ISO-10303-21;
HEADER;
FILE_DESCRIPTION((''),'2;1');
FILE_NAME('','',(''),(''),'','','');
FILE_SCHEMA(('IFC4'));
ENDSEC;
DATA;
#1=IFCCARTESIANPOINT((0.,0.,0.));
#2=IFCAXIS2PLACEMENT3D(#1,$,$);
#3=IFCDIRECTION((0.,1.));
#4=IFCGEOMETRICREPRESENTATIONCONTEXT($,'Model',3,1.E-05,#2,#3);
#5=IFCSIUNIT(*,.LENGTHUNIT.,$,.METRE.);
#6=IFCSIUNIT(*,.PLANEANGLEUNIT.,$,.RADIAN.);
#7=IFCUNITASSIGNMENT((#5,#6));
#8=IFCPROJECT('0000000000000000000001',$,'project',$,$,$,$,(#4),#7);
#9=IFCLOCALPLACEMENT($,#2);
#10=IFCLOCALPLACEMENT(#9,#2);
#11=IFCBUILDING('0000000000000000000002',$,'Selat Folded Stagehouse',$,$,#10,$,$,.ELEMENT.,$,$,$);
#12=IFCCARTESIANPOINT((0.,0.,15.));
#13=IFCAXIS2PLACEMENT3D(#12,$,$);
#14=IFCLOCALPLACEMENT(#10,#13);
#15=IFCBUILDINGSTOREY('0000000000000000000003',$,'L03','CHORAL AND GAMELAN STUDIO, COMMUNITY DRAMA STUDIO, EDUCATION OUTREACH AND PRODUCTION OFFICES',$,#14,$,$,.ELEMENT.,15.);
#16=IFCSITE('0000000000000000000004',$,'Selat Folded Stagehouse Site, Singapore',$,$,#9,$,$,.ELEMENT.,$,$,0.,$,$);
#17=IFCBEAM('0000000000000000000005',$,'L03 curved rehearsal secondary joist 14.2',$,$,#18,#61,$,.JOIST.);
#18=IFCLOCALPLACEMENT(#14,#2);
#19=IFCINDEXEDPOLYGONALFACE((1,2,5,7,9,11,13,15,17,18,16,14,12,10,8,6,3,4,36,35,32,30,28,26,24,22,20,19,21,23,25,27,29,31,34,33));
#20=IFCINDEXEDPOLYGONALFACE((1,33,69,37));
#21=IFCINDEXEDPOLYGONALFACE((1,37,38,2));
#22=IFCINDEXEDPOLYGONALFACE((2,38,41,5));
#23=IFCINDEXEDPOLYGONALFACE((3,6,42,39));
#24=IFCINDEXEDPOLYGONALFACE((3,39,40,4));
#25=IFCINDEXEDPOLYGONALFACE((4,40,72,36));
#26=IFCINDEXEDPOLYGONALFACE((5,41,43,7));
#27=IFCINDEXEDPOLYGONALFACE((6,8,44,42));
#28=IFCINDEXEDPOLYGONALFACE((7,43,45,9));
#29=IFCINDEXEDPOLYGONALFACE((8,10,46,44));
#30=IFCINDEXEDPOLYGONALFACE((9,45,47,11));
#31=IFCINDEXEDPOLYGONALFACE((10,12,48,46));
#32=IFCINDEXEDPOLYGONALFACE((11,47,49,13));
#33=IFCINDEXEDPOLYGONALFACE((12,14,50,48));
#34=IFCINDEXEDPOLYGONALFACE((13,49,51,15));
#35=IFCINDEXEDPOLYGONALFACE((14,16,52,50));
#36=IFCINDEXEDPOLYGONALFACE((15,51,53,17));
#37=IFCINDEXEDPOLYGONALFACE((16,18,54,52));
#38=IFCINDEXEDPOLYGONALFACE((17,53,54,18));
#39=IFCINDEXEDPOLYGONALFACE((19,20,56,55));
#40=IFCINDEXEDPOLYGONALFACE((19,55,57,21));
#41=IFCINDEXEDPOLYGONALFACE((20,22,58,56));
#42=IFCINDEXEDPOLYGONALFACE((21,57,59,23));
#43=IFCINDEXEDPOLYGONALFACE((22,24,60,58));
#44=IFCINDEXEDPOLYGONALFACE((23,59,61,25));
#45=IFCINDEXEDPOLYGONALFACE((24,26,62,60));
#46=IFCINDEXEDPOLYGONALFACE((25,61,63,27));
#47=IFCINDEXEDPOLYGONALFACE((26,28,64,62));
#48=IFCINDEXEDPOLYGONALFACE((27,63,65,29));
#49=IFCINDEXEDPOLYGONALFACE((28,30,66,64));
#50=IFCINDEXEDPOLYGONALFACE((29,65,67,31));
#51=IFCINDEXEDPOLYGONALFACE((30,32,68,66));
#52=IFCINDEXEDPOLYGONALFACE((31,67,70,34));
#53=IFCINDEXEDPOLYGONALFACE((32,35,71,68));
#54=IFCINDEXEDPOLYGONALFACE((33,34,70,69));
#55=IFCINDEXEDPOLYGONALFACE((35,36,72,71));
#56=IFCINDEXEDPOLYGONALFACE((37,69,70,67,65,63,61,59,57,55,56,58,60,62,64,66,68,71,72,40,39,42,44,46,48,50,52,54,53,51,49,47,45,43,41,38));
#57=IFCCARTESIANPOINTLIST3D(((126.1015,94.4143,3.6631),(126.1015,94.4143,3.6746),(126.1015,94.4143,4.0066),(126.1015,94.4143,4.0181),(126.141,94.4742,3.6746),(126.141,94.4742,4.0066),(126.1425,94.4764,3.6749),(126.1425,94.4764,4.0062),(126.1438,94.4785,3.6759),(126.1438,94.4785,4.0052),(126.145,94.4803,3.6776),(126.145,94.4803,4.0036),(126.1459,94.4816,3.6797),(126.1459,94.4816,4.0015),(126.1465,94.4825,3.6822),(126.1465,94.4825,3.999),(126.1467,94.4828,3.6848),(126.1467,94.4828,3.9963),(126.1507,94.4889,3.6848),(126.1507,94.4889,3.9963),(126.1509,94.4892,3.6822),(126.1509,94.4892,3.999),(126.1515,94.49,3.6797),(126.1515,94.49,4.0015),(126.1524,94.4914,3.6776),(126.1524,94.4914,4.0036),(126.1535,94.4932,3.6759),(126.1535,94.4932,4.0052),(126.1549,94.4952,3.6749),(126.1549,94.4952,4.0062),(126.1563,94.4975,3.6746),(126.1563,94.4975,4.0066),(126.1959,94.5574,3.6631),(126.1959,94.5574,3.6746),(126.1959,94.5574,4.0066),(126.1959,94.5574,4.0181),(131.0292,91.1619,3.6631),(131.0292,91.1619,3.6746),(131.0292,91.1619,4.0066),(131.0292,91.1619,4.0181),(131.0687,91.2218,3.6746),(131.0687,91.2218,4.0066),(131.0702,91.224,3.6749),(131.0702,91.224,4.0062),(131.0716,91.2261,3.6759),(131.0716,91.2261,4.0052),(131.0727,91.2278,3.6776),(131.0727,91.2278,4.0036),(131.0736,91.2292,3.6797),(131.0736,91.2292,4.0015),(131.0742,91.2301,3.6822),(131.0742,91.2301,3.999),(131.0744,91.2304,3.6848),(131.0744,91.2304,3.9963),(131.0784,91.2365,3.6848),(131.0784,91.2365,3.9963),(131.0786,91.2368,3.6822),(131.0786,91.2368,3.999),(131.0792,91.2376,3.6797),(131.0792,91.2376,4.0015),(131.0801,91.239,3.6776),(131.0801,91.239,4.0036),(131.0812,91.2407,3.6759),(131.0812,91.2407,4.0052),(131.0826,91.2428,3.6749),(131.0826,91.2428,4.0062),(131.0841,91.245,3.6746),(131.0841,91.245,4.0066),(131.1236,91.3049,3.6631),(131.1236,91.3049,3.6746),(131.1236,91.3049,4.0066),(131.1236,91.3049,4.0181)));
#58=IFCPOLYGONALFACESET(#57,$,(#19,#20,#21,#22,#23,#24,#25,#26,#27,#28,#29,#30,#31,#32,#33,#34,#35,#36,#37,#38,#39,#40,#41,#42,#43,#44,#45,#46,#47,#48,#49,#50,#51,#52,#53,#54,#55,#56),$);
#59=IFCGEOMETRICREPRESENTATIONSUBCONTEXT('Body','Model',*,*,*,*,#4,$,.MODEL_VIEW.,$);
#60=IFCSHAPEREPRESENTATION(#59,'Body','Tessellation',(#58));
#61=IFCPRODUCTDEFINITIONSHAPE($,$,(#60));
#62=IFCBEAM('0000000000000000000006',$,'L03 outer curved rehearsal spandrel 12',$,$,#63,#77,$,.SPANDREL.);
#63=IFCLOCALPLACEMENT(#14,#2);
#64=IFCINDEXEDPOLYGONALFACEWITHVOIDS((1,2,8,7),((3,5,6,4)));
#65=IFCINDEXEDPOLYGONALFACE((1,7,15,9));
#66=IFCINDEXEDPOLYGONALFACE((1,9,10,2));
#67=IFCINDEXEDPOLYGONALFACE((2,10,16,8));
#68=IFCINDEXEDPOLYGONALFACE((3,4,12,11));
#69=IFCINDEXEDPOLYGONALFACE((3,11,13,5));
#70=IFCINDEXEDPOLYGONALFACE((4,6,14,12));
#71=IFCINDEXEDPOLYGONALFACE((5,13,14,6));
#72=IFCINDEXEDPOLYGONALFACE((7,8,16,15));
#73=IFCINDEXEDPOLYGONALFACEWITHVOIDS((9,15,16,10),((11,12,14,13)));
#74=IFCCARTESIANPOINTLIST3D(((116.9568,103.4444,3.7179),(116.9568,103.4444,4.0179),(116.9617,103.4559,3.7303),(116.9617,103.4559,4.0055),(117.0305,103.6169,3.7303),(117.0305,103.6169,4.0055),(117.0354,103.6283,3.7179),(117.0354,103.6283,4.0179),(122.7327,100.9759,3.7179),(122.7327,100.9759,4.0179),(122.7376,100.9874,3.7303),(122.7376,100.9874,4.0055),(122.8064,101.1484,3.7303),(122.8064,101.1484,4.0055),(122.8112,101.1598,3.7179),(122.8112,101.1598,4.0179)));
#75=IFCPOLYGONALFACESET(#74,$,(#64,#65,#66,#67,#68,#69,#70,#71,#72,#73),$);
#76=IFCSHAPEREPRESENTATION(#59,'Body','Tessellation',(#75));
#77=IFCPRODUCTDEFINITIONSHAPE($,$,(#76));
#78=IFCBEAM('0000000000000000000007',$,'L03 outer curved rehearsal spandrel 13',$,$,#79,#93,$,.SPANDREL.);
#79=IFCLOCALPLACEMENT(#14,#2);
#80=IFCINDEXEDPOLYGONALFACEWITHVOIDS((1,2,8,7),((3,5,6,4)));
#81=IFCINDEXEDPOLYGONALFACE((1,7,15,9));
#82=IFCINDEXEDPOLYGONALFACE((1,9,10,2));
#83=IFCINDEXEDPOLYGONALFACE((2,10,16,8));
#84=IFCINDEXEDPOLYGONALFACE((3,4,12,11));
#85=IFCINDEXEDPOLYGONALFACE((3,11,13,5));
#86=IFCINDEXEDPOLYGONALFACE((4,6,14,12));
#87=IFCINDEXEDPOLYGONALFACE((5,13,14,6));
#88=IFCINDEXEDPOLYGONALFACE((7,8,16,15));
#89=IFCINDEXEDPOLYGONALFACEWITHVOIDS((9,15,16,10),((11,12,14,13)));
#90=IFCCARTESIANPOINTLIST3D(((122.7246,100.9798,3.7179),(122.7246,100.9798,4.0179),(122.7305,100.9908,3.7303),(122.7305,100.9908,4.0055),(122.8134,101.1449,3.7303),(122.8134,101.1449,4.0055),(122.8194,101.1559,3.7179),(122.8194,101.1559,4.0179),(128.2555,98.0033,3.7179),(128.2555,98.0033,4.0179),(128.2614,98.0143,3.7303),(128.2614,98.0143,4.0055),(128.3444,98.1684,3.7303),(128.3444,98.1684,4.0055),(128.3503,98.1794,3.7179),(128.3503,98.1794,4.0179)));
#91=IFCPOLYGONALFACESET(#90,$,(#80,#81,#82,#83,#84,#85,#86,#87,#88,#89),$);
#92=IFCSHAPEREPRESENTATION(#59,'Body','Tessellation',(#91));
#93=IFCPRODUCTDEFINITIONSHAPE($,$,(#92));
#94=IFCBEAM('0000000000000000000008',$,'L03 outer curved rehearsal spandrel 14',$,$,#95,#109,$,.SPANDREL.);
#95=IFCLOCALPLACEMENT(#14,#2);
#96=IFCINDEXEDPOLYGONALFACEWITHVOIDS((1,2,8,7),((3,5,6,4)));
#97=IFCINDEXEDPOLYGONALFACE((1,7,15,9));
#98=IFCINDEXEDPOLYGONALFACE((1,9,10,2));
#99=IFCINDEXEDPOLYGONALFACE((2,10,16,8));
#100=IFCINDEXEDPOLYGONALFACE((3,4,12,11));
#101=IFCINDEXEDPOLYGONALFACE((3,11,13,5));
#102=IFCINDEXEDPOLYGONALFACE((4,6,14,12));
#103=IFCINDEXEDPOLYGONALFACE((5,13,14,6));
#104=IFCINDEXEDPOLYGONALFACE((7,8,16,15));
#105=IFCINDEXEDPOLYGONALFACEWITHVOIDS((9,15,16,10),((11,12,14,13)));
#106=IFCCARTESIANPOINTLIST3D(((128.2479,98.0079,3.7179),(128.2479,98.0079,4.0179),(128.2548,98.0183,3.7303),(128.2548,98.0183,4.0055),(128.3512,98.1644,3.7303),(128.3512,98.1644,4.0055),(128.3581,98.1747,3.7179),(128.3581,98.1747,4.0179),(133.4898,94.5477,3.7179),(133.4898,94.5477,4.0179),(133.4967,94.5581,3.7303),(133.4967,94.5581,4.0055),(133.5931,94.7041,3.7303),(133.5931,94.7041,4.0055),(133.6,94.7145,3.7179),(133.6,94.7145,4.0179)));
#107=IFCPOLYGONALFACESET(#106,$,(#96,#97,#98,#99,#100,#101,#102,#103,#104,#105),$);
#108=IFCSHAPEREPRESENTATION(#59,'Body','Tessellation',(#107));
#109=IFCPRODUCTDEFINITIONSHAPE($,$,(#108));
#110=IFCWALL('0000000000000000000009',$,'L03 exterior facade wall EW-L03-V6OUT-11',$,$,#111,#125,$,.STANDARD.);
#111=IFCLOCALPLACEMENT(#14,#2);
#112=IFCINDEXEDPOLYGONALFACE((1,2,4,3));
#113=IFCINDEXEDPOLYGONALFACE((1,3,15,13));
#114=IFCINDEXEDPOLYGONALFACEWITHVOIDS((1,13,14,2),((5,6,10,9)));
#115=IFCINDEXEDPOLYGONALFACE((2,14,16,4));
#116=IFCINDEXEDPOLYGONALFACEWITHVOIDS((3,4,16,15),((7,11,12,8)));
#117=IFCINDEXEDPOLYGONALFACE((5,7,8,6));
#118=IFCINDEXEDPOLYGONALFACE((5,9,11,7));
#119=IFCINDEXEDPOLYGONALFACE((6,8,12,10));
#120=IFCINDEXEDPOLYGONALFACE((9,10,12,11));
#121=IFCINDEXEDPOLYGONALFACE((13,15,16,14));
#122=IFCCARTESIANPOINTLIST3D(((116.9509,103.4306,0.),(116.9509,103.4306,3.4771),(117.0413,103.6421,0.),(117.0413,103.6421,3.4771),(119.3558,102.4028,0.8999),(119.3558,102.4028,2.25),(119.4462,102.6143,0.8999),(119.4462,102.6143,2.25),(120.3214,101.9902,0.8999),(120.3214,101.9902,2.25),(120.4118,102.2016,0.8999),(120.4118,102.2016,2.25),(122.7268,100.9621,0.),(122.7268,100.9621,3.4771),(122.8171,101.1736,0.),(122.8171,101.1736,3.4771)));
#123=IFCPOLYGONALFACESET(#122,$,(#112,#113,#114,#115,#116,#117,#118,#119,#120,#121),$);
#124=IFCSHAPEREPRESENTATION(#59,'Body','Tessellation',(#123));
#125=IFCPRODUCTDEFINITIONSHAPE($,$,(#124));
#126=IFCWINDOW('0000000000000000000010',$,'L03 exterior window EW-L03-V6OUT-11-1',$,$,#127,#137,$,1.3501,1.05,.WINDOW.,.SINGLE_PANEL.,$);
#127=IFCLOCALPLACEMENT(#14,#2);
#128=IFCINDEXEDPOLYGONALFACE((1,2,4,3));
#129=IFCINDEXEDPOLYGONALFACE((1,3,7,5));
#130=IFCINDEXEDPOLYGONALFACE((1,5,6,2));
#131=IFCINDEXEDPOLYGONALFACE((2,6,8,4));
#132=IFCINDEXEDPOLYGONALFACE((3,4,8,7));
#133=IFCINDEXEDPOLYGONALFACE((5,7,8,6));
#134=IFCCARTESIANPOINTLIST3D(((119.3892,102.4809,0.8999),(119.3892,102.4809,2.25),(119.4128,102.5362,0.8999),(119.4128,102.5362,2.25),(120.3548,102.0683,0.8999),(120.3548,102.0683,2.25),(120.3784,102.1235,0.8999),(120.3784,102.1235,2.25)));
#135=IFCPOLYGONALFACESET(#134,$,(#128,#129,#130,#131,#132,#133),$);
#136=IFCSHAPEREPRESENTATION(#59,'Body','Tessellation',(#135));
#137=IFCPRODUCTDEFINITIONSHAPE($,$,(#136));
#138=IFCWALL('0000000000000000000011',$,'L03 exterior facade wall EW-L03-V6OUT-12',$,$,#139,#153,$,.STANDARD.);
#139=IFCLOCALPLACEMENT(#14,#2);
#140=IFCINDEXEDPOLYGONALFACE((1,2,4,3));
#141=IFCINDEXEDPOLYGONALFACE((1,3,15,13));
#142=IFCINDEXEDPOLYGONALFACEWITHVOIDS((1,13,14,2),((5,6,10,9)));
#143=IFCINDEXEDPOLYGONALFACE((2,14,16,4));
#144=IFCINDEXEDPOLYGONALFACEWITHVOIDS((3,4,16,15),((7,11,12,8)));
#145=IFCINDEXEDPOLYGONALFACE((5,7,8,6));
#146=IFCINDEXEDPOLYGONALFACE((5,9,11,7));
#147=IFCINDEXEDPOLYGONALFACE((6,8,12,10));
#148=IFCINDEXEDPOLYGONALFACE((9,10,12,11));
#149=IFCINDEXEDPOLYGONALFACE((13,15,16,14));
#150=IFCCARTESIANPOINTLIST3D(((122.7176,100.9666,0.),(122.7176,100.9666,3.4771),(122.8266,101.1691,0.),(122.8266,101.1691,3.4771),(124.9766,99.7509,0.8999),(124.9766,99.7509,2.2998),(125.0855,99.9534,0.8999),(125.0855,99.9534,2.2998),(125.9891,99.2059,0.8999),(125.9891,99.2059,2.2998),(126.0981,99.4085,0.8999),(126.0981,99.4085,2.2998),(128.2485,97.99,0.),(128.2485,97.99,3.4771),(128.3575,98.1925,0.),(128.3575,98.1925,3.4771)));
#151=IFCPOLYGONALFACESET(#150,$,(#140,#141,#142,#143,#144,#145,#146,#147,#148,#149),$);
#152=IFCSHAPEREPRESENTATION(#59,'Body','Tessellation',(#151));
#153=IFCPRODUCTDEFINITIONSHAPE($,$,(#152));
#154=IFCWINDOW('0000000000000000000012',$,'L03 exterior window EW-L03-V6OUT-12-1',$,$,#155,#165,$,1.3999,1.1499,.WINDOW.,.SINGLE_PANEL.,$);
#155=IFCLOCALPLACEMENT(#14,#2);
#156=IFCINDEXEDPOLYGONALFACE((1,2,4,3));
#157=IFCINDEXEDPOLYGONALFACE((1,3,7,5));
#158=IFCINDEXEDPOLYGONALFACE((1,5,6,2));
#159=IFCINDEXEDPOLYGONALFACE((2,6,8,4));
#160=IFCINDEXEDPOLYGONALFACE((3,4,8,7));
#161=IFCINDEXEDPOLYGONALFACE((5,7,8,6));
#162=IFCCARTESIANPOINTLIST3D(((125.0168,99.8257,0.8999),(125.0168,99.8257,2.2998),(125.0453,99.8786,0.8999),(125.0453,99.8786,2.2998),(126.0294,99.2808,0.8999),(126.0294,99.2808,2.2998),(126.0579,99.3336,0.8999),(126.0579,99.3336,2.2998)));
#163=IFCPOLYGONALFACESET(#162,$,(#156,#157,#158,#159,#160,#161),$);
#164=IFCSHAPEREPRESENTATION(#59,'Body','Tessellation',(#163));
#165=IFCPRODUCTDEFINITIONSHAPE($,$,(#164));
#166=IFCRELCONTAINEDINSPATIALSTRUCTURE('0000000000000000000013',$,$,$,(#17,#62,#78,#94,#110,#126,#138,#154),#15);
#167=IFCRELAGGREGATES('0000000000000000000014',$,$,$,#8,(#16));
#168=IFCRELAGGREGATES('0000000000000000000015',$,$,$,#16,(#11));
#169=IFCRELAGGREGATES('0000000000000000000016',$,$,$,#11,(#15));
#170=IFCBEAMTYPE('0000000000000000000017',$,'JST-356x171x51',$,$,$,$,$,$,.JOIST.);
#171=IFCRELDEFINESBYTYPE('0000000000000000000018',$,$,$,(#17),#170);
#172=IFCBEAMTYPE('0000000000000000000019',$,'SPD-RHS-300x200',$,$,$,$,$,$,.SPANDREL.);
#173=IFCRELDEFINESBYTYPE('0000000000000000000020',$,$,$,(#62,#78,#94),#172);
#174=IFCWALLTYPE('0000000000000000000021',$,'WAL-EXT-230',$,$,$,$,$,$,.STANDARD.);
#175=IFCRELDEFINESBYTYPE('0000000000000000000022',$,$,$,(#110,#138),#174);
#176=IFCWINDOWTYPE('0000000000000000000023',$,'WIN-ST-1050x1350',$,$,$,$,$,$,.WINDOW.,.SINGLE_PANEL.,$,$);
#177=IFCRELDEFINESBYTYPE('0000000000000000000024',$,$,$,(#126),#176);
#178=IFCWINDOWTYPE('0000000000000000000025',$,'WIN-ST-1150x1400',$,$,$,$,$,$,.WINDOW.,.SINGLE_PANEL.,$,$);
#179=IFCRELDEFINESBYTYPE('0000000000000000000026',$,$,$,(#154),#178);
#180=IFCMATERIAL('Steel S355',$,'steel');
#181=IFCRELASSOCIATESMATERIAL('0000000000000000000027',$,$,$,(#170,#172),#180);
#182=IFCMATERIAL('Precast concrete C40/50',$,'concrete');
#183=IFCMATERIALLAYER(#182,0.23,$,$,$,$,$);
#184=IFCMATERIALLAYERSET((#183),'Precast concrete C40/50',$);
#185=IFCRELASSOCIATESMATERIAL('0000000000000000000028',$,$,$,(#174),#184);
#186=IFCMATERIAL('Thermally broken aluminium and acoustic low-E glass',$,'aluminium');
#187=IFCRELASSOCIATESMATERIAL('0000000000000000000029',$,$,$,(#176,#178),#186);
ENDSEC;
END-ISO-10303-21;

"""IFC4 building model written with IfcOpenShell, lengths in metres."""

from ifc_helpers import new_model, si_unit, direction, frame, frame_2d, origin, origin_2d, place, context, subcontext, project, spatial, rectangle, hollow_rectangle, i_section, extrude, material, layer, layer_set, material_profile, profile_set, type_object, element, fill, save


model = new_model("IFC4")

# Units and contexts
model_context = context("Model", 3, precision=1e-05, world=origin(), true_north=direction((0.0, 1.0)))
body_context = subcontext(model_context, "Body", "Model", "MODEL_VIEW")
ifc_project = project(units=[si_unit("LENGTHUNIT", "METRE"), si_unit("PLANEANGLEUNIT", "RADIAN")], contexts=[model_context])

# Site, building, storey
site_placement = place(None, origin())
site = spatial("IfcSite", under=ifc_project, at=site_placement, Name="Selat Folded Stagehouse Site, Singapore", CompositionType="ELEMENT", RefElevation=0.0)
building_placement = place(site_placement, origin())
building = spatial("IfcBuilding", under=site, at=building_placement, Name="Selat Folded Stagehouse", CompositionType="ELEMENT")
storey_placement = place(building_placement, frame((0.0, 0.0, 15.0)))
storey = spatial("IfcBuildingStorey", under=building, at=storey_placement, Name="L03", Description="CHORAL AND GAMELAN STUDIO, COMMUNITY DRAMA STUDIO, EDUCATION OUTREACH AND PRODUCTION OFFICES", CompositionType="ELEMENT", Elevation=15.0)

# Shared definitions
ifc_material_1 = material(Name="Steel S355", Category="steel")

# Beams
ifc_material_profile_1 = material_profile(ifc_material_1, i_section(OverallWidth=0.1714, OverallDepth=0.355, WebThickness=0.0073, FlangeThickness=0.0115, FilletRadius=0.0103, at=origin_2d()), Name="UKB 356x171x51")
ifc_profile_set_1 = profile_set([ifc_material_profile_1], Name="Steel S355")
beam_type_1 = type_object("IfcBeamType", Name="JST-356x171x51", PredefinedType="JOIST", material=ifc_profile_set_1)
beam_1_placement = place(storey_placement, frame((126.1487, 94.4858, 3.8406), z_axis=(0.834599, -0.550858, 0.0), x_axis=(0.550858, 0.834599, 0.0)))
element("IfcBeam", 1, at=beam_1_placement, inside=storey, type_object=beam_type_1, Name="L03 curved rehearsal secondary joist 14.2", PredefinedType="JOIST", context=body_context, shape_type="SweptSolid", body=[
    extrude(i_section(OverallWidth=0.1714, OverallDepth=0.355, WebThickness=0.0073, FlangeThickness=0.0115, FilletRadius=0.0103, at=origin_2d()), origin(), (0.0, 0.0, 1.0), 5.9043),
])
ifc_material_profile_2 = material_profile(ifc_material_1, hollow_rectangle(XDim=0.2, YDim=0.3, WallThickness=0.0125, at=origin_2d()), Name="RHS 300x200x12.5")
ifc_profile_set_2 = profile_set([ifc_material_profile_2], Name="Steel S355")
beam_type_2 = type_object("IfcBeamType", Name="SPD-RHS-300x200", PredefinedType="SPANDREL", material=ifc_profile_set_2)
beam_2_placement = place(storey_placement, frame((116.9961, 103.5364, 3.8679), z_axis=(0.919541, -0.392995, 0.0), x_axis=(0.392995, 0.919541, 0.0)))
element("IfcBeam", 2, at=beam_2_placement, inside=storey, type_object=beam_type_2, Name="L03 outer curved rehearsal spandrel 12", PredefinedType="SPANDREL", context=body_context, shape_type="SweptSolid", body=[
    extrude(hollow_rectangle(XDim=0.2, YDim=0.3, WallThickness=0.0125, at=origin_2d()), origin(), (0.0, 0.0, 1.0), 6.2812),
])
for number, where, z_axis, x_axis, name in (
    (3, (122.772, 101.0679, 3.8679), (0.880582, -0.473894, 0.0), (0.473894, 0.880582, 0.0), "L03 outer curved rehearsal spandrel 13"),
    (4, (128.303, 98.0913, 3.8679), (0.834571, -0.5509, 0.0), (0.5509, 0.834571, 0.0), "L03 outer curved rehearsal spandrel 14"),
):
    element("IfcBeam", number, at=place(storey_placement, frame(where, z_axis=z_axis, x_axis=x_axis)), inside=storey, type_object=beam_type_2, Name=name, PredefinedType="SPANDREL", context=body_context, shape_type="SweptSolid", body=[
        extrude(hollow_rectangle(XDim=0.2, YDim=0.3, WallThickness=0.0125, at=origin_2d()), origin(), (0.0, 0.0, 1.0), 6.281),
    ])

# Walls, openings, windows
ifc_material_2 = material(Name="Precast concrete C40/50", Category="concrete")
ifc_layer_1 = layer(ifc_material_2, 0.23)
ifc_layer_set_1 = layer_set([ifc_layer_1], Name="Precast concrete C40/50")
wall_type_1 = type_object("IfcWallType", Name="WAL-EXT-230", PredefinedType="STANDARD", material=ifc_layer_set_1)
wall_1_placement = place(storey_placement, frame((116.9961, 103.5364, 0.0), z_axis=(0.0, 0.0, 1.0), x_axis=(0.919541, -0.392995, 0.0)))
wall_1 = element("IfcWall", 5, at=wall_1_placement, inside=storey, type_object=wall_type_1, Name="L03 exterior facade wall EW-L03-V6OUT-11", PredefinedType="STANDARD", context=body_context, shape_type="SweptSolid", body=[
    extrude(rectangle(XDim=6.2812, YDim=0.23, at=frame_2d((3.1406, 0.0))), origin(), (0.0, 0.0, 1.0), 3.4771),
])
opening_1_placement = place(wall_1_placement, frame((2.6155, 0.0, 0.8999)))
opening_1 = element("IfcOpeningElement", 6, at=opening_1_placement, cuts=wall_1, PredefinedType="OPENING", context=body_context, shape_type="SweptSolid", body=[
    extrude(rectangle(XDim=1.05, YDim=1.3501, at=frame_2d((0.5249, 0.675))), frame((0.0, 0.125, 0.0), z_axis=(0.0, -1.0, 0.0), x_axis=(1.0, 0.0, 0.0)), (0.0, 0.0, 1.0), 0.25),
])
ifc_material_3 = material(Name="Thermally broken aluminium and acoustic low-E glass", Category="aluminium")
window_type_1 = type_object("IfcWindowType", Name="WIN-ST-1050x1350", PartitioningType="SINGLE_PANEL", PredefinedType="WINDOW", material=ifc_material_3)
window_1_placement = place(opening_1_placement, origin())
window_1 = element("IfcWindow", 7, at=window_1_placement, inside=storey, type_object=window_type_1, Name="L03 exterior window EW-L03-V6OUT-11-1", OverallHeight=1.3501, OverallWidth=1.05, PartitioningType="SINGLE_PANEL", PredefinedType="WINDOW", context=body_context, shape_type="SweptSolid", body=[
    extrude(rectangle(XDim=1.05, YDim=1.3501, at=frame_2d((0.5249, 0.675))), frame((0.0, 0.03, 0.0), z_axis=(0.0, -1.0, 0.0), x_axis=(1.0, 0.0, 0.0)), (0.0, 0.0, 1.0), 0.0601),
])
fill(opening_1, window_1)
wall_2_placement = place(storey_placement, frame((122.772, 101.0679, 0.0), z_axis=(0.0, 0.0, 1.0), x_axis=(0.880582, -0.473894, 0.0)))
wall_2 = element("IfcWall", 8, at=wall_2_placement, inside=storey, type_object=wall_type_1, Name="L03 exterior facade wall EW-L03-V6OUT-12", PredefinedType="STANDARD", context=body_context, shape_type="SweptSolid", body=[
    extrude(rectangle(XDim=6.281, YDim=0.23, at=frame_2d((3.1406, 0.0))), origin(), (0.0, 0.0, 1.0), 3.4771),
])
opening_2_placement = place(wall_2_placement, frame((2.5654, 0.0, 0.8999)))
opening_2 = element("IfcOpeningElement", 9, at=opening_2_placement, cuts=wall_2, PredefinedType="OPENING", context=body_context, shape_type="SweptSolid", body=[
    extrude(rectangle(XDim=1.1499, YDim=1.3999, at=frame_2d((0.575, 0.7))), frame((0.0, 0.125, 0.0), z_axis=(0.0, -1.0, 0.0), x_axis=(1.0, 0.0, 0.0)), (0.0, 0.0, 1.0), 0.25),
])
window_type_2 = type_object("IfcWindowType", Name="WIN-ST-1150x1400", PartitioningType="SINGLE_PANEL", PredefinedType="WINDOW", material=ifc_material_3)
window_2_placement = place(opening_2_placement, origin())
window_2 = element("IfcWindow", 10, at=window_2_placement, inside=storey, type_object=window_type_2, Name="L03 exterior window EW-L03-V6OUT-12-1", OverallHeight=1.3999, OverallWidth=1.1499, PartitioningType="SINGLE_PANEL", PredefinedType="WINDOW", context=body_context, shape_type="SweptSolid", body=[
    extrude(rectangle(XDim=1.1499, YDim=1.3999, at=frame_2d((0.575, 0.7))), frame((0.0, 0.03, 0.0), z_axis=(0.0, -1.0, 0.0), x_axis=(1.0, 0.0, 0.0)), (0.0, 0.0, 1.0), 0.0601),
])
fill(opening_2, window_2)

save(model, "model.ifc")
